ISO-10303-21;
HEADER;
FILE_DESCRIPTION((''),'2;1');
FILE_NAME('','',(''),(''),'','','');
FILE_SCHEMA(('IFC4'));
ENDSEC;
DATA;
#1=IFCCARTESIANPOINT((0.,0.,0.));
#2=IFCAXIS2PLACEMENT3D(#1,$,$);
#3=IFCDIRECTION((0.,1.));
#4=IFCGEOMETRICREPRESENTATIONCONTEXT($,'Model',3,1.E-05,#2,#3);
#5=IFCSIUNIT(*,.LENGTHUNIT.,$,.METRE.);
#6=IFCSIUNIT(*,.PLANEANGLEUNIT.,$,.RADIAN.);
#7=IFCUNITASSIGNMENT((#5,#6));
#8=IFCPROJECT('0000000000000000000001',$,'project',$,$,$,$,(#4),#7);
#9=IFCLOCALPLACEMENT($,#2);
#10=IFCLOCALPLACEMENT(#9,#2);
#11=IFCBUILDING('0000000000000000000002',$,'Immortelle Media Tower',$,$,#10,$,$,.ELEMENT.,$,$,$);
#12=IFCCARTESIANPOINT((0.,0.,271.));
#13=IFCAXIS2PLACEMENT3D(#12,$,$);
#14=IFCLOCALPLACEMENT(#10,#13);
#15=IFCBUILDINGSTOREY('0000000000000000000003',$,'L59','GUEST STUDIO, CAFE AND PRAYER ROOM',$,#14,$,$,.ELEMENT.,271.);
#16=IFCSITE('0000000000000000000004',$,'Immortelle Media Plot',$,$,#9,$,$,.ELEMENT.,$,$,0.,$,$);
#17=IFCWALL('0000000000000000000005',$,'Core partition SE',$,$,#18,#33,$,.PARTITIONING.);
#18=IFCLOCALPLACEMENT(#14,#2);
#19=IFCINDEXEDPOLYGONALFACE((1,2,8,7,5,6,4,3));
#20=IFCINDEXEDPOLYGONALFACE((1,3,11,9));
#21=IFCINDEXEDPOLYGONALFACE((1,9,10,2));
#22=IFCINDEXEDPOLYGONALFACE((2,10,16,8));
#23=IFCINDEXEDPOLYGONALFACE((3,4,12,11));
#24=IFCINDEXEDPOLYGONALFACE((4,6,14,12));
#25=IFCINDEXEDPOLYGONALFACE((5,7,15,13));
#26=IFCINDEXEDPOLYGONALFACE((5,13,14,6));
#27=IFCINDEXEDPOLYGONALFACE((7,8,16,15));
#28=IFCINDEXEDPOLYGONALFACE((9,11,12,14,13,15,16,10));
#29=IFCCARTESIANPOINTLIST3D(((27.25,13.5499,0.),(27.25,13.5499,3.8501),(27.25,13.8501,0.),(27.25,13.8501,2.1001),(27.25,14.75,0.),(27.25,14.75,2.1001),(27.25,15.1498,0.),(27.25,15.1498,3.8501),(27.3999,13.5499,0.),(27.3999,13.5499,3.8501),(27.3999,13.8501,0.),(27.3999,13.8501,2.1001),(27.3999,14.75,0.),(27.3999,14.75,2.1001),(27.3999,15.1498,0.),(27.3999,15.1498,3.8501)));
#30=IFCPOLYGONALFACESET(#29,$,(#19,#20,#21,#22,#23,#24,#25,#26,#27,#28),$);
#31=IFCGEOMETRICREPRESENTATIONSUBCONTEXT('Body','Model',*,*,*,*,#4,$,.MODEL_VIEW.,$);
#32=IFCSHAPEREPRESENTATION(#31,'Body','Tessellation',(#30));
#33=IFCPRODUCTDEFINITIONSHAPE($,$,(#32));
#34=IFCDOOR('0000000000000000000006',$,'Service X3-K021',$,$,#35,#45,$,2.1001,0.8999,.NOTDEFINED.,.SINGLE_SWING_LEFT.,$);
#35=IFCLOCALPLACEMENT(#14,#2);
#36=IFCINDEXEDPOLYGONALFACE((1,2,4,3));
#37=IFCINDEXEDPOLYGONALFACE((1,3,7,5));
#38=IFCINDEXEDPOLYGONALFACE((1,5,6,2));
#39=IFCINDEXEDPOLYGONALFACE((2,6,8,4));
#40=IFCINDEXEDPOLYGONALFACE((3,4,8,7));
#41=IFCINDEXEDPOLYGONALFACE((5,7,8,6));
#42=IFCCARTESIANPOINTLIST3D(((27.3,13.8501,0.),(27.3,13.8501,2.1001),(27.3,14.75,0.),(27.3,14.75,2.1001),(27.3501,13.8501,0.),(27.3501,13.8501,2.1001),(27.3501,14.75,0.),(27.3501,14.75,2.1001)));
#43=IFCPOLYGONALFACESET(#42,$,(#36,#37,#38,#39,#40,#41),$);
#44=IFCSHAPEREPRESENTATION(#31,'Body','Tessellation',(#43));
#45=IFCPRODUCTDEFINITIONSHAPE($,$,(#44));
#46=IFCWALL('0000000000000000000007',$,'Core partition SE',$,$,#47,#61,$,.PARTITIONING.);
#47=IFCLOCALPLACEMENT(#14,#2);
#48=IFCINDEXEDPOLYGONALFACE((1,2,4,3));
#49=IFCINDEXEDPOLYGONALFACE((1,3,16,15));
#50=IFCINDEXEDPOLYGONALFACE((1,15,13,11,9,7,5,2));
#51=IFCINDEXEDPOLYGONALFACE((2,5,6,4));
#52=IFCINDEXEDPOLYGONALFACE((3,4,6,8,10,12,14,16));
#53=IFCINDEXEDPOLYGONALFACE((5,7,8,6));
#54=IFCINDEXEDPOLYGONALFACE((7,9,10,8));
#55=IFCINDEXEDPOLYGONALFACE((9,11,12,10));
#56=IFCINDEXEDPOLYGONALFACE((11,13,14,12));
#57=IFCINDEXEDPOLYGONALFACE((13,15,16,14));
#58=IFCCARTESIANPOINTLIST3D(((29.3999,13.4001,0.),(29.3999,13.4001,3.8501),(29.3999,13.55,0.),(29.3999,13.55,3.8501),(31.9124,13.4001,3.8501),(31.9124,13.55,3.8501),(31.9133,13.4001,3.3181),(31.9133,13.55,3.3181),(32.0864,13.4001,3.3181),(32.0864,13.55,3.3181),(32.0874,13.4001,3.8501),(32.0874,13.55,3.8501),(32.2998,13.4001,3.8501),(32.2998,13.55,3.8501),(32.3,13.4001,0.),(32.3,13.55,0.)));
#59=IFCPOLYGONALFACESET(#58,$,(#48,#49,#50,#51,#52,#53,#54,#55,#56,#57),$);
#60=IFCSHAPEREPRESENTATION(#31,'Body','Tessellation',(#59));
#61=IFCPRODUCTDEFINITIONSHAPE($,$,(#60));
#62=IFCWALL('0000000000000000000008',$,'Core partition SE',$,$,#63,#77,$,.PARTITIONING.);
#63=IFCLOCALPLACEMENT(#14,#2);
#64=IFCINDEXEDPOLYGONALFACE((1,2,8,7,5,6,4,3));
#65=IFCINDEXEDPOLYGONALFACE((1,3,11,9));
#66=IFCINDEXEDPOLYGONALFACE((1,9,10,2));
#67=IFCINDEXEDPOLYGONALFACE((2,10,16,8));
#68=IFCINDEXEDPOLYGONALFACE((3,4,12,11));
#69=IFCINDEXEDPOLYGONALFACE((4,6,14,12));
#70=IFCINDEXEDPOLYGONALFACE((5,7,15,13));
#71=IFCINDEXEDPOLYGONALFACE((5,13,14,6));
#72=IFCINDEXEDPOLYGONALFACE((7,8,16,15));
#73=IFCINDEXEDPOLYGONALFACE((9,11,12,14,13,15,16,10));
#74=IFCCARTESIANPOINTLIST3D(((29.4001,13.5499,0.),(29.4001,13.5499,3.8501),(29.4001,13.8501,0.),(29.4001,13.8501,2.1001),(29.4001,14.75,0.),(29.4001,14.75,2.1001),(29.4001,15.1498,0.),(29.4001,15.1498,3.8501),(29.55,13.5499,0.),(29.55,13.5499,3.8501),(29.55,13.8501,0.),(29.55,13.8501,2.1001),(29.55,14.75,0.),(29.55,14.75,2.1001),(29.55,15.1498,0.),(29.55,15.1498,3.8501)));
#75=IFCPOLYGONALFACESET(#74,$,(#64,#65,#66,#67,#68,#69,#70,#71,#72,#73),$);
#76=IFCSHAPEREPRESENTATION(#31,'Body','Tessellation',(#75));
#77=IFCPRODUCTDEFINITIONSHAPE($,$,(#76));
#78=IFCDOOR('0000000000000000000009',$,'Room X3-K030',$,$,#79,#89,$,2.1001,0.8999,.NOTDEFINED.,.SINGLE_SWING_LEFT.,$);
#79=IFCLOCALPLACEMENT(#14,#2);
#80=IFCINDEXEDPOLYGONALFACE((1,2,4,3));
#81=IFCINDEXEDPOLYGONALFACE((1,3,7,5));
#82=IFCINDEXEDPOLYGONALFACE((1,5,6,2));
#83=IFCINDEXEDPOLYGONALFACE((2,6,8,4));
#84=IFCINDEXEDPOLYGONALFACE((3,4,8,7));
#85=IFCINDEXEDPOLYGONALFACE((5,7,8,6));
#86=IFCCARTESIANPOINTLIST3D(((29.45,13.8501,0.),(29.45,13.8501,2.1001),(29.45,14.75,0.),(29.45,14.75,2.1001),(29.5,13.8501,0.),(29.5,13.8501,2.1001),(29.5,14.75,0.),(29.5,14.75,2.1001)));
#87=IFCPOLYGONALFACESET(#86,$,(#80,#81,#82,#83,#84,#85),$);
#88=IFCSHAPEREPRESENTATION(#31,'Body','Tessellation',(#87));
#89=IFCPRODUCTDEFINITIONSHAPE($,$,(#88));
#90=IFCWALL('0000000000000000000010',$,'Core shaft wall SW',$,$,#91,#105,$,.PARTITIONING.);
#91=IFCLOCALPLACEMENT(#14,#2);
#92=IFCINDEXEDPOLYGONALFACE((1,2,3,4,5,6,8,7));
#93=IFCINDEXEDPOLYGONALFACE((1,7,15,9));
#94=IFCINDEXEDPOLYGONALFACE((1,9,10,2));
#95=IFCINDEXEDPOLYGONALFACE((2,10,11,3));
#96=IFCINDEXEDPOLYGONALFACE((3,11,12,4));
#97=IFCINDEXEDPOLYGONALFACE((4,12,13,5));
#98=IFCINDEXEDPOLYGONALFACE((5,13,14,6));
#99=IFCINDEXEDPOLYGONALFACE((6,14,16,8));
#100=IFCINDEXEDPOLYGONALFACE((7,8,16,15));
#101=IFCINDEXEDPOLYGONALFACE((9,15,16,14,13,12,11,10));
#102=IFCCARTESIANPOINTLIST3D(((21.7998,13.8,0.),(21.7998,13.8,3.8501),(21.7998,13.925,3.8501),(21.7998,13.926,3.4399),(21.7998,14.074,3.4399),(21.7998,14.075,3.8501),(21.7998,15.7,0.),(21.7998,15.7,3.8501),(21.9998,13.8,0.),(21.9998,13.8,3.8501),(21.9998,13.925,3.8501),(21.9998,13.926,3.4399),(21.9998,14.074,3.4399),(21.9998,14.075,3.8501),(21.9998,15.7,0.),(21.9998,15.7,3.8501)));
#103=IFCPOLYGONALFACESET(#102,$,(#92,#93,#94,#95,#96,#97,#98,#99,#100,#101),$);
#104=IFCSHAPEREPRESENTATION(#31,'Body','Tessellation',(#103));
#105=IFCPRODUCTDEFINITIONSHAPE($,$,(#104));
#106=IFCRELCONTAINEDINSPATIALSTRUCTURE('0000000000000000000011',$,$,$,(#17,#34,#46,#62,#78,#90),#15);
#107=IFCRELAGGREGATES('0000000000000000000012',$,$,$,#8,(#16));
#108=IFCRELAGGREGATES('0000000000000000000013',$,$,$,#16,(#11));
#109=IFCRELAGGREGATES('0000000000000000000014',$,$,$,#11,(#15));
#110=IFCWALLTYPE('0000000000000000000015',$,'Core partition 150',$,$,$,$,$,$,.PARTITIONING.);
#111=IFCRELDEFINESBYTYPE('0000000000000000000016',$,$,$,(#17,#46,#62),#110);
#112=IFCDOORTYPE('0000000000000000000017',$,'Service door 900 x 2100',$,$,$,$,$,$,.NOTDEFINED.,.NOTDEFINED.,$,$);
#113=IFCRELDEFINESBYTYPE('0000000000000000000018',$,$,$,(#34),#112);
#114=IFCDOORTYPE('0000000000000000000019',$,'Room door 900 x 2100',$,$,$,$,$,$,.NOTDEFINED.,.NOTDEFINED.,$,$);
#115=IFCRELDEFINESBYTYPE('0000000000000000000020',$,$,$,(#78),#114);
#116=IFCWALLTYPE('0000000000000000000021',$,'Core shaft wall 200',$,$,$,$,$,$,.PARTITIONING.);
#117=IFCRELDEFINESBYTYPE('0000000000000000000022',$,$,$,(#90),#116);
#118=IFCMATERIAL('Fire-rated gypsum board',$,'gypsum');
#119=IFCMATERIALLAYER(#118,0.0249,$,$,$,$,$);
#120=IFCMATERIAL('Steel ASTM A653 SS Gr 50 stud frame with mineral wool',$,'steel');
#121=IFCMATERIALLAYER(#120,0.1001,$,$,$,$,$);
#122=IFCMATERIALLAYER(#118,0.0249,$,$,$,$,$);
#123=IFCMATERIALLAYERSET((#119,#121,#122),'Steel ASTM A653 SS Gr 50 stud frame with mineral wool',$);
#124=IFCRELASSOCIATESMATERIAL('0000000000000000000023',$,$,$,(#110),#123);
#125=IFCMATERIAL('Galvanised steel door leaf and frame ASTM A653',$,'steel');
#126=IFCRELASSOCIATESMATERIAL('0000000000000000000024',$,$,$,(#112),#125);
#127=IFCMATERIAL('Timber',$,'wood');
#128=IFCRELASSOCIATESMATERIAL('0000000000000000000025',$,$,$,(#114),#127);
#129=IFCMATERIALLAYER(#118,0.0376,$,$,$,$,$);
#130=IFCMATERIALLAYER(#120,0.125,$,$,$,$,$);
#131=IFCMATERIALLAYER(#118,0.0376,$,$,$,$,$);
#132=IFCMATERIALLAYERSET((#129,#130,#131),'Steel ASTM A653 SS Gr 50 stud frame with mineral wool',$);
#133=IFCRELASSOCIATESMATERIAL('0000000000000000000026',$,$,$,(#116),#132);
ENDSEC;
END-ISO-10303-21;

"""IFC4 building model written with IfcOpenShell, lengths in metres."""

from ifc_helpers import new_model, si_unit, direction, frame, frame_2d, origin, place, context, subcontext, project, spatial, polyline, rectangle, outline, extrude, material, layer, layer_set, type_object, element, fill, save


model = new_model("IFC4")

# Units and contexts
model_context = context("Model", 3, precision=1e-05, world=origin(), true_north=direction((0.0, 1.0)))
body_context = subcontext(model_context, "Body", "Model", "MODEL_VIEW")
ifc_project = project(units=[si_unit("LENGTHUNIT", "METRE"), si_unit("PLANEANGLEUNIT", "RADIAN")], contexts=[model_context])

# Site, building, storey
site_placement = place(None, origin())
site = spatial("IfcSite", under=ifc_project, at=site_placement, Name="Immortelle Media Plot", CompositionType="ELEMENT", RefElevation=0.0)
building_placement = place(site_placement, origin())
building = spatial("IfcBuilding", under=site, at=building_placement, Name="Immortelle Media Tower", CompositionType="ELEMENT")
storey_placement = place(building_placement, frame((0.0, 0.0, 271.0)))
storey = spatial("IfcBuildingStorey", under=building, at=storey_placement, Name="L59", Description="GUEST STUDIO, CAFE AND PRAYER ROOM", CompositionType="ELEMENT", Elevation=271.0)

# Shared definitions
ifc_material_1 = material(Name="Fire-rated gypsum board", Category="gypsum")
ifc_layer_1 = layer(ifc_material_1, 0.0249)
ifc_material_2 = material(Name="Steel ASTM A653 SS Gr 50 stud frame with mineral wool", Category="steel")
ifc_layer_2 = layer(ifc_material_2, 0.1001)
ifc_layer_3 = layer(ifc_material_1, 0.0249)
ifc_layer_set_1 = layer_set([ifc_layer_1, ifc_layer_2, ifc_layer_3], Name="Steel ASTM A653 SS Gr 50 stud frame with mineral wool")
wall_type_1 = type_object("IfcWallType", Name="Core partition 150", PredefinedType="PARTITIONING", material=ifc_layer_set_1)

# Wall, opening, door
wall_1_placement = place(storey_placement, frame((27.325, 13.55, 0.0), z_axis=(0.0, 0.0, 1.0), x_axis=(0.0, 1.0, 0.0)))
wall_1 = element("IfcWall", 1, at=wall_1_placement, inside=storey, type_object=wall_type_1, Name="Core partition SE", PredefinedType="PARTITIONING", context=body_context, shape_type="SweptSolid", body=[
    extrude(rectangle(XDim=1.5999, YDim=0.1499, at=frame_2d((0.7998, 0.0))), origin(), (0.0, 0.0, 1.0), 3.8501),
])
opening_1_placement = place(wall_1_placement, frame((0.3, 0.0, 0.0)))
opening_1 = element("IfcOpeningElement", 2, at=opening_1_placement, cuts=wall_1, PredefinedType="OPENING", context=body_context, shape_type="SweptSolid", body=[
    extrude(rectangle(XDim=0.8999, YDim=2.1001, at=frame_2d((0.45, 1.05))), frame((0.0, 0.085, 0.0), z_axis=(0.0, -1.0, 0.0), x_axis=(1.0, 0.0, 0.0)), (0.0, 0.0, 1.0), 0.1699),
])
ifc_material_3 = material(Name="Galvanised steel door leaf and frame ASTM A653", Category="steel")
door_type_1 = type_object("IfcDoorType", Name="Service door 900 x 2100", OperationType="NOTDEFINED", PredefinedType="NOTDEFINED", material=ifc_material_3)
door_1_placement = place(opening_1_placement, origin())
door_1 = element("IfcDoor", 3, at=door_1_placement, inside=storey, type_object=door_type_1, Name="Service X3-K021", OperationType="SINGLE_SWING_LEFT", OverallHeight=2.1001, OverallWidth=0.8999, PredefinedType="NOTDEFINED", context=body_context, shape_type="SweptSolid", body=[
    extrude(rectangle(XDim=0.8999, YDim=2.1001, at=frame_2d((0.45, 1.05))), frame((0.0, 0.0249, 0.0), z_axis=(0.0, -1.0, 0.0), x_axis=(1.0, 0.0, 0.0)), (0.0, 0.0, 1.0), 0.05),
])
fill(opening_1, door_1)

# Wall
wall_2_placement = place(storey_placement, frame((29.3999, 13.4751, 0.0), z_axis=(0.0, 0.0, 1.0), x_axis=(1.0, 0.0, 0.0)))
element("IfcWall", 4, at=wall_2_placement, inside=storey, type_object=wall_type_1, Name="Core partition SE", PredefinedType="PARTITIONING", context=body_context, shape_type="SweptSolid", body=[
    extrude(outline(polyline([(0.0, 0.0), (2.9001, 0.0), (2.8999, 3.8501), (2.6875, 3.8501), (2.6865, 3.3181), (2.5134, 3.3181), (2.5125, 3.8501), (0.0, 3.8501), (0.0, 0.0)])), frame((0.0, 0.075, 0.0), z_axis=(0.0, -1.0, 0.0), x_axis=(1.0, 0.0, 0.0)), (0.0, 0.0, 1.0), 0.1499),
])

# Wall, opening, door
wall_3_placement = place(storey_placement, frame((29.4751, 13.55, 0.0), z_axis=(0.0, 0.0, 1.0), x_axis=(0.0, 1.0, 0.0)))
wall_3 = element("IfcWall", 5, at=wall_3_placement, inside=storey, type_object=wall_type_1, Name="Core partition SE", PredefinedType="PARTITIONING", context=body_context, shape_type="SweptSolid", body=[
    extrude(rectangle(XDim=1.5999, YDim=0.1499, at=frame_2d((0.7998, 0.0))), origin(), (0.0, 0.0, 1.0), 3.8501),
])
opening_2_placement = place(wall_3_placement, frame((1.2, 0.0, 0.0), z_axis=(0.0, 0.0, 1.0), x_axis=(-1.0, 0.0, 0.0)))
opening_2 = element("IfcOpeningElement", 6, at=opening_2_placement, cuts=wall_3, PredefinedType="OPENING", context=body_context, shape_type="SweptSolid", body=[
    extrude(rectangle(XDim=0.8999, YDim=2.1001, at=frame_2d((0.45, 1.05))), frame((0.0, 0.085, 0.0), z_axis=(0.0, -1.0, 0.0), x_axis=(1.0, 0.0, 0.0)), (0.0, 0.0, 1.0), 0.1699),
])
ifc_material_4 = material(Name="Timber", Category="wood")
door_type_2 = type_object("IfcDoorType", Name="Room door 900 x 2100", OperationType="NOTDEFINED", PredefinedType="NOTDEFINED", material=ifc_material_4)
door_2_placement = place(opening_2_placement, origin())
door_2 = element("IfcDoor", 7, at=door_2_placement, inside=storey, type_object=door_type_2, Name="Room X3-K030", OperationType="SINGLE_SWING_LEFT", OverallHeight=2.1001, OverallWidth=0.8999, PredefinedType="NOTDEFINED", context=body_context, shape_type="SweptSolid", body=[
    extrude(rectangle(XDim=0.8999, YDim=2.1001, at=frame_2d((0.45, 1.05))), frame((0.0, 0.0249, 0.0), z_axis=(0.0, -1.0, 0.0), x_axis=(1.0, 0.0, 0.0)), (0.0, 0.0, 1.0), 0.05),
])
fill(opening_2, door_2)

# Wall
ifc_layer_4 = layer(ifc_material_1, 0.0376)
ifc_layer_5 = layer(ifc_material_2, 0.125)
ifc_layer_6 = layer(ifc_material_1, 0.0376)
ifc_layer_set_2 = layer_set([ifc_layer_4, ifc_layer_5, ifc_layer_6], Name="Steel ASTM A653 SS Gr 50 stud frame with mineral wool")
wall_type_2 = type_object("IfcWallType", Name="Core shaft wall 200", PredefinedType="PARTITIONING", material=ifc_layer_set_2)
wall_4_placement = place(storey_placement, frame((21.8999, 13.8, 0.0), z_axis=(0.0, 0.0, 1.0), x_axis=(0.0, 1.0, 0.0)))
element("IfcWall", 8, at=wall_4_placement, inside=storey, type_object=wall_type_2, Name="Core shaft wall SW", PredefinedType="PARTITIONING", context=body_context, shape_type="SweptSolid", body=[
    extrude(outline(polyline([(0.0, 0.0), (1.8999, 0.0), (1.8999, 3.8501), (0.2749, 3.8501), (0.2739, 3.4399), (0.126, 3.4399), (0.125, 3.8501), (0.0, 3.8501), (0.0, 0.0)])), frame((0.0, 0.1001, 0.0), z_axis=(0.0, -1.0, 0.0), x_axis=(1.0, 0.0, 0.0)), (0.0, 0.0, 1.0), 0.2),
])

save(model, "model.ifc")
